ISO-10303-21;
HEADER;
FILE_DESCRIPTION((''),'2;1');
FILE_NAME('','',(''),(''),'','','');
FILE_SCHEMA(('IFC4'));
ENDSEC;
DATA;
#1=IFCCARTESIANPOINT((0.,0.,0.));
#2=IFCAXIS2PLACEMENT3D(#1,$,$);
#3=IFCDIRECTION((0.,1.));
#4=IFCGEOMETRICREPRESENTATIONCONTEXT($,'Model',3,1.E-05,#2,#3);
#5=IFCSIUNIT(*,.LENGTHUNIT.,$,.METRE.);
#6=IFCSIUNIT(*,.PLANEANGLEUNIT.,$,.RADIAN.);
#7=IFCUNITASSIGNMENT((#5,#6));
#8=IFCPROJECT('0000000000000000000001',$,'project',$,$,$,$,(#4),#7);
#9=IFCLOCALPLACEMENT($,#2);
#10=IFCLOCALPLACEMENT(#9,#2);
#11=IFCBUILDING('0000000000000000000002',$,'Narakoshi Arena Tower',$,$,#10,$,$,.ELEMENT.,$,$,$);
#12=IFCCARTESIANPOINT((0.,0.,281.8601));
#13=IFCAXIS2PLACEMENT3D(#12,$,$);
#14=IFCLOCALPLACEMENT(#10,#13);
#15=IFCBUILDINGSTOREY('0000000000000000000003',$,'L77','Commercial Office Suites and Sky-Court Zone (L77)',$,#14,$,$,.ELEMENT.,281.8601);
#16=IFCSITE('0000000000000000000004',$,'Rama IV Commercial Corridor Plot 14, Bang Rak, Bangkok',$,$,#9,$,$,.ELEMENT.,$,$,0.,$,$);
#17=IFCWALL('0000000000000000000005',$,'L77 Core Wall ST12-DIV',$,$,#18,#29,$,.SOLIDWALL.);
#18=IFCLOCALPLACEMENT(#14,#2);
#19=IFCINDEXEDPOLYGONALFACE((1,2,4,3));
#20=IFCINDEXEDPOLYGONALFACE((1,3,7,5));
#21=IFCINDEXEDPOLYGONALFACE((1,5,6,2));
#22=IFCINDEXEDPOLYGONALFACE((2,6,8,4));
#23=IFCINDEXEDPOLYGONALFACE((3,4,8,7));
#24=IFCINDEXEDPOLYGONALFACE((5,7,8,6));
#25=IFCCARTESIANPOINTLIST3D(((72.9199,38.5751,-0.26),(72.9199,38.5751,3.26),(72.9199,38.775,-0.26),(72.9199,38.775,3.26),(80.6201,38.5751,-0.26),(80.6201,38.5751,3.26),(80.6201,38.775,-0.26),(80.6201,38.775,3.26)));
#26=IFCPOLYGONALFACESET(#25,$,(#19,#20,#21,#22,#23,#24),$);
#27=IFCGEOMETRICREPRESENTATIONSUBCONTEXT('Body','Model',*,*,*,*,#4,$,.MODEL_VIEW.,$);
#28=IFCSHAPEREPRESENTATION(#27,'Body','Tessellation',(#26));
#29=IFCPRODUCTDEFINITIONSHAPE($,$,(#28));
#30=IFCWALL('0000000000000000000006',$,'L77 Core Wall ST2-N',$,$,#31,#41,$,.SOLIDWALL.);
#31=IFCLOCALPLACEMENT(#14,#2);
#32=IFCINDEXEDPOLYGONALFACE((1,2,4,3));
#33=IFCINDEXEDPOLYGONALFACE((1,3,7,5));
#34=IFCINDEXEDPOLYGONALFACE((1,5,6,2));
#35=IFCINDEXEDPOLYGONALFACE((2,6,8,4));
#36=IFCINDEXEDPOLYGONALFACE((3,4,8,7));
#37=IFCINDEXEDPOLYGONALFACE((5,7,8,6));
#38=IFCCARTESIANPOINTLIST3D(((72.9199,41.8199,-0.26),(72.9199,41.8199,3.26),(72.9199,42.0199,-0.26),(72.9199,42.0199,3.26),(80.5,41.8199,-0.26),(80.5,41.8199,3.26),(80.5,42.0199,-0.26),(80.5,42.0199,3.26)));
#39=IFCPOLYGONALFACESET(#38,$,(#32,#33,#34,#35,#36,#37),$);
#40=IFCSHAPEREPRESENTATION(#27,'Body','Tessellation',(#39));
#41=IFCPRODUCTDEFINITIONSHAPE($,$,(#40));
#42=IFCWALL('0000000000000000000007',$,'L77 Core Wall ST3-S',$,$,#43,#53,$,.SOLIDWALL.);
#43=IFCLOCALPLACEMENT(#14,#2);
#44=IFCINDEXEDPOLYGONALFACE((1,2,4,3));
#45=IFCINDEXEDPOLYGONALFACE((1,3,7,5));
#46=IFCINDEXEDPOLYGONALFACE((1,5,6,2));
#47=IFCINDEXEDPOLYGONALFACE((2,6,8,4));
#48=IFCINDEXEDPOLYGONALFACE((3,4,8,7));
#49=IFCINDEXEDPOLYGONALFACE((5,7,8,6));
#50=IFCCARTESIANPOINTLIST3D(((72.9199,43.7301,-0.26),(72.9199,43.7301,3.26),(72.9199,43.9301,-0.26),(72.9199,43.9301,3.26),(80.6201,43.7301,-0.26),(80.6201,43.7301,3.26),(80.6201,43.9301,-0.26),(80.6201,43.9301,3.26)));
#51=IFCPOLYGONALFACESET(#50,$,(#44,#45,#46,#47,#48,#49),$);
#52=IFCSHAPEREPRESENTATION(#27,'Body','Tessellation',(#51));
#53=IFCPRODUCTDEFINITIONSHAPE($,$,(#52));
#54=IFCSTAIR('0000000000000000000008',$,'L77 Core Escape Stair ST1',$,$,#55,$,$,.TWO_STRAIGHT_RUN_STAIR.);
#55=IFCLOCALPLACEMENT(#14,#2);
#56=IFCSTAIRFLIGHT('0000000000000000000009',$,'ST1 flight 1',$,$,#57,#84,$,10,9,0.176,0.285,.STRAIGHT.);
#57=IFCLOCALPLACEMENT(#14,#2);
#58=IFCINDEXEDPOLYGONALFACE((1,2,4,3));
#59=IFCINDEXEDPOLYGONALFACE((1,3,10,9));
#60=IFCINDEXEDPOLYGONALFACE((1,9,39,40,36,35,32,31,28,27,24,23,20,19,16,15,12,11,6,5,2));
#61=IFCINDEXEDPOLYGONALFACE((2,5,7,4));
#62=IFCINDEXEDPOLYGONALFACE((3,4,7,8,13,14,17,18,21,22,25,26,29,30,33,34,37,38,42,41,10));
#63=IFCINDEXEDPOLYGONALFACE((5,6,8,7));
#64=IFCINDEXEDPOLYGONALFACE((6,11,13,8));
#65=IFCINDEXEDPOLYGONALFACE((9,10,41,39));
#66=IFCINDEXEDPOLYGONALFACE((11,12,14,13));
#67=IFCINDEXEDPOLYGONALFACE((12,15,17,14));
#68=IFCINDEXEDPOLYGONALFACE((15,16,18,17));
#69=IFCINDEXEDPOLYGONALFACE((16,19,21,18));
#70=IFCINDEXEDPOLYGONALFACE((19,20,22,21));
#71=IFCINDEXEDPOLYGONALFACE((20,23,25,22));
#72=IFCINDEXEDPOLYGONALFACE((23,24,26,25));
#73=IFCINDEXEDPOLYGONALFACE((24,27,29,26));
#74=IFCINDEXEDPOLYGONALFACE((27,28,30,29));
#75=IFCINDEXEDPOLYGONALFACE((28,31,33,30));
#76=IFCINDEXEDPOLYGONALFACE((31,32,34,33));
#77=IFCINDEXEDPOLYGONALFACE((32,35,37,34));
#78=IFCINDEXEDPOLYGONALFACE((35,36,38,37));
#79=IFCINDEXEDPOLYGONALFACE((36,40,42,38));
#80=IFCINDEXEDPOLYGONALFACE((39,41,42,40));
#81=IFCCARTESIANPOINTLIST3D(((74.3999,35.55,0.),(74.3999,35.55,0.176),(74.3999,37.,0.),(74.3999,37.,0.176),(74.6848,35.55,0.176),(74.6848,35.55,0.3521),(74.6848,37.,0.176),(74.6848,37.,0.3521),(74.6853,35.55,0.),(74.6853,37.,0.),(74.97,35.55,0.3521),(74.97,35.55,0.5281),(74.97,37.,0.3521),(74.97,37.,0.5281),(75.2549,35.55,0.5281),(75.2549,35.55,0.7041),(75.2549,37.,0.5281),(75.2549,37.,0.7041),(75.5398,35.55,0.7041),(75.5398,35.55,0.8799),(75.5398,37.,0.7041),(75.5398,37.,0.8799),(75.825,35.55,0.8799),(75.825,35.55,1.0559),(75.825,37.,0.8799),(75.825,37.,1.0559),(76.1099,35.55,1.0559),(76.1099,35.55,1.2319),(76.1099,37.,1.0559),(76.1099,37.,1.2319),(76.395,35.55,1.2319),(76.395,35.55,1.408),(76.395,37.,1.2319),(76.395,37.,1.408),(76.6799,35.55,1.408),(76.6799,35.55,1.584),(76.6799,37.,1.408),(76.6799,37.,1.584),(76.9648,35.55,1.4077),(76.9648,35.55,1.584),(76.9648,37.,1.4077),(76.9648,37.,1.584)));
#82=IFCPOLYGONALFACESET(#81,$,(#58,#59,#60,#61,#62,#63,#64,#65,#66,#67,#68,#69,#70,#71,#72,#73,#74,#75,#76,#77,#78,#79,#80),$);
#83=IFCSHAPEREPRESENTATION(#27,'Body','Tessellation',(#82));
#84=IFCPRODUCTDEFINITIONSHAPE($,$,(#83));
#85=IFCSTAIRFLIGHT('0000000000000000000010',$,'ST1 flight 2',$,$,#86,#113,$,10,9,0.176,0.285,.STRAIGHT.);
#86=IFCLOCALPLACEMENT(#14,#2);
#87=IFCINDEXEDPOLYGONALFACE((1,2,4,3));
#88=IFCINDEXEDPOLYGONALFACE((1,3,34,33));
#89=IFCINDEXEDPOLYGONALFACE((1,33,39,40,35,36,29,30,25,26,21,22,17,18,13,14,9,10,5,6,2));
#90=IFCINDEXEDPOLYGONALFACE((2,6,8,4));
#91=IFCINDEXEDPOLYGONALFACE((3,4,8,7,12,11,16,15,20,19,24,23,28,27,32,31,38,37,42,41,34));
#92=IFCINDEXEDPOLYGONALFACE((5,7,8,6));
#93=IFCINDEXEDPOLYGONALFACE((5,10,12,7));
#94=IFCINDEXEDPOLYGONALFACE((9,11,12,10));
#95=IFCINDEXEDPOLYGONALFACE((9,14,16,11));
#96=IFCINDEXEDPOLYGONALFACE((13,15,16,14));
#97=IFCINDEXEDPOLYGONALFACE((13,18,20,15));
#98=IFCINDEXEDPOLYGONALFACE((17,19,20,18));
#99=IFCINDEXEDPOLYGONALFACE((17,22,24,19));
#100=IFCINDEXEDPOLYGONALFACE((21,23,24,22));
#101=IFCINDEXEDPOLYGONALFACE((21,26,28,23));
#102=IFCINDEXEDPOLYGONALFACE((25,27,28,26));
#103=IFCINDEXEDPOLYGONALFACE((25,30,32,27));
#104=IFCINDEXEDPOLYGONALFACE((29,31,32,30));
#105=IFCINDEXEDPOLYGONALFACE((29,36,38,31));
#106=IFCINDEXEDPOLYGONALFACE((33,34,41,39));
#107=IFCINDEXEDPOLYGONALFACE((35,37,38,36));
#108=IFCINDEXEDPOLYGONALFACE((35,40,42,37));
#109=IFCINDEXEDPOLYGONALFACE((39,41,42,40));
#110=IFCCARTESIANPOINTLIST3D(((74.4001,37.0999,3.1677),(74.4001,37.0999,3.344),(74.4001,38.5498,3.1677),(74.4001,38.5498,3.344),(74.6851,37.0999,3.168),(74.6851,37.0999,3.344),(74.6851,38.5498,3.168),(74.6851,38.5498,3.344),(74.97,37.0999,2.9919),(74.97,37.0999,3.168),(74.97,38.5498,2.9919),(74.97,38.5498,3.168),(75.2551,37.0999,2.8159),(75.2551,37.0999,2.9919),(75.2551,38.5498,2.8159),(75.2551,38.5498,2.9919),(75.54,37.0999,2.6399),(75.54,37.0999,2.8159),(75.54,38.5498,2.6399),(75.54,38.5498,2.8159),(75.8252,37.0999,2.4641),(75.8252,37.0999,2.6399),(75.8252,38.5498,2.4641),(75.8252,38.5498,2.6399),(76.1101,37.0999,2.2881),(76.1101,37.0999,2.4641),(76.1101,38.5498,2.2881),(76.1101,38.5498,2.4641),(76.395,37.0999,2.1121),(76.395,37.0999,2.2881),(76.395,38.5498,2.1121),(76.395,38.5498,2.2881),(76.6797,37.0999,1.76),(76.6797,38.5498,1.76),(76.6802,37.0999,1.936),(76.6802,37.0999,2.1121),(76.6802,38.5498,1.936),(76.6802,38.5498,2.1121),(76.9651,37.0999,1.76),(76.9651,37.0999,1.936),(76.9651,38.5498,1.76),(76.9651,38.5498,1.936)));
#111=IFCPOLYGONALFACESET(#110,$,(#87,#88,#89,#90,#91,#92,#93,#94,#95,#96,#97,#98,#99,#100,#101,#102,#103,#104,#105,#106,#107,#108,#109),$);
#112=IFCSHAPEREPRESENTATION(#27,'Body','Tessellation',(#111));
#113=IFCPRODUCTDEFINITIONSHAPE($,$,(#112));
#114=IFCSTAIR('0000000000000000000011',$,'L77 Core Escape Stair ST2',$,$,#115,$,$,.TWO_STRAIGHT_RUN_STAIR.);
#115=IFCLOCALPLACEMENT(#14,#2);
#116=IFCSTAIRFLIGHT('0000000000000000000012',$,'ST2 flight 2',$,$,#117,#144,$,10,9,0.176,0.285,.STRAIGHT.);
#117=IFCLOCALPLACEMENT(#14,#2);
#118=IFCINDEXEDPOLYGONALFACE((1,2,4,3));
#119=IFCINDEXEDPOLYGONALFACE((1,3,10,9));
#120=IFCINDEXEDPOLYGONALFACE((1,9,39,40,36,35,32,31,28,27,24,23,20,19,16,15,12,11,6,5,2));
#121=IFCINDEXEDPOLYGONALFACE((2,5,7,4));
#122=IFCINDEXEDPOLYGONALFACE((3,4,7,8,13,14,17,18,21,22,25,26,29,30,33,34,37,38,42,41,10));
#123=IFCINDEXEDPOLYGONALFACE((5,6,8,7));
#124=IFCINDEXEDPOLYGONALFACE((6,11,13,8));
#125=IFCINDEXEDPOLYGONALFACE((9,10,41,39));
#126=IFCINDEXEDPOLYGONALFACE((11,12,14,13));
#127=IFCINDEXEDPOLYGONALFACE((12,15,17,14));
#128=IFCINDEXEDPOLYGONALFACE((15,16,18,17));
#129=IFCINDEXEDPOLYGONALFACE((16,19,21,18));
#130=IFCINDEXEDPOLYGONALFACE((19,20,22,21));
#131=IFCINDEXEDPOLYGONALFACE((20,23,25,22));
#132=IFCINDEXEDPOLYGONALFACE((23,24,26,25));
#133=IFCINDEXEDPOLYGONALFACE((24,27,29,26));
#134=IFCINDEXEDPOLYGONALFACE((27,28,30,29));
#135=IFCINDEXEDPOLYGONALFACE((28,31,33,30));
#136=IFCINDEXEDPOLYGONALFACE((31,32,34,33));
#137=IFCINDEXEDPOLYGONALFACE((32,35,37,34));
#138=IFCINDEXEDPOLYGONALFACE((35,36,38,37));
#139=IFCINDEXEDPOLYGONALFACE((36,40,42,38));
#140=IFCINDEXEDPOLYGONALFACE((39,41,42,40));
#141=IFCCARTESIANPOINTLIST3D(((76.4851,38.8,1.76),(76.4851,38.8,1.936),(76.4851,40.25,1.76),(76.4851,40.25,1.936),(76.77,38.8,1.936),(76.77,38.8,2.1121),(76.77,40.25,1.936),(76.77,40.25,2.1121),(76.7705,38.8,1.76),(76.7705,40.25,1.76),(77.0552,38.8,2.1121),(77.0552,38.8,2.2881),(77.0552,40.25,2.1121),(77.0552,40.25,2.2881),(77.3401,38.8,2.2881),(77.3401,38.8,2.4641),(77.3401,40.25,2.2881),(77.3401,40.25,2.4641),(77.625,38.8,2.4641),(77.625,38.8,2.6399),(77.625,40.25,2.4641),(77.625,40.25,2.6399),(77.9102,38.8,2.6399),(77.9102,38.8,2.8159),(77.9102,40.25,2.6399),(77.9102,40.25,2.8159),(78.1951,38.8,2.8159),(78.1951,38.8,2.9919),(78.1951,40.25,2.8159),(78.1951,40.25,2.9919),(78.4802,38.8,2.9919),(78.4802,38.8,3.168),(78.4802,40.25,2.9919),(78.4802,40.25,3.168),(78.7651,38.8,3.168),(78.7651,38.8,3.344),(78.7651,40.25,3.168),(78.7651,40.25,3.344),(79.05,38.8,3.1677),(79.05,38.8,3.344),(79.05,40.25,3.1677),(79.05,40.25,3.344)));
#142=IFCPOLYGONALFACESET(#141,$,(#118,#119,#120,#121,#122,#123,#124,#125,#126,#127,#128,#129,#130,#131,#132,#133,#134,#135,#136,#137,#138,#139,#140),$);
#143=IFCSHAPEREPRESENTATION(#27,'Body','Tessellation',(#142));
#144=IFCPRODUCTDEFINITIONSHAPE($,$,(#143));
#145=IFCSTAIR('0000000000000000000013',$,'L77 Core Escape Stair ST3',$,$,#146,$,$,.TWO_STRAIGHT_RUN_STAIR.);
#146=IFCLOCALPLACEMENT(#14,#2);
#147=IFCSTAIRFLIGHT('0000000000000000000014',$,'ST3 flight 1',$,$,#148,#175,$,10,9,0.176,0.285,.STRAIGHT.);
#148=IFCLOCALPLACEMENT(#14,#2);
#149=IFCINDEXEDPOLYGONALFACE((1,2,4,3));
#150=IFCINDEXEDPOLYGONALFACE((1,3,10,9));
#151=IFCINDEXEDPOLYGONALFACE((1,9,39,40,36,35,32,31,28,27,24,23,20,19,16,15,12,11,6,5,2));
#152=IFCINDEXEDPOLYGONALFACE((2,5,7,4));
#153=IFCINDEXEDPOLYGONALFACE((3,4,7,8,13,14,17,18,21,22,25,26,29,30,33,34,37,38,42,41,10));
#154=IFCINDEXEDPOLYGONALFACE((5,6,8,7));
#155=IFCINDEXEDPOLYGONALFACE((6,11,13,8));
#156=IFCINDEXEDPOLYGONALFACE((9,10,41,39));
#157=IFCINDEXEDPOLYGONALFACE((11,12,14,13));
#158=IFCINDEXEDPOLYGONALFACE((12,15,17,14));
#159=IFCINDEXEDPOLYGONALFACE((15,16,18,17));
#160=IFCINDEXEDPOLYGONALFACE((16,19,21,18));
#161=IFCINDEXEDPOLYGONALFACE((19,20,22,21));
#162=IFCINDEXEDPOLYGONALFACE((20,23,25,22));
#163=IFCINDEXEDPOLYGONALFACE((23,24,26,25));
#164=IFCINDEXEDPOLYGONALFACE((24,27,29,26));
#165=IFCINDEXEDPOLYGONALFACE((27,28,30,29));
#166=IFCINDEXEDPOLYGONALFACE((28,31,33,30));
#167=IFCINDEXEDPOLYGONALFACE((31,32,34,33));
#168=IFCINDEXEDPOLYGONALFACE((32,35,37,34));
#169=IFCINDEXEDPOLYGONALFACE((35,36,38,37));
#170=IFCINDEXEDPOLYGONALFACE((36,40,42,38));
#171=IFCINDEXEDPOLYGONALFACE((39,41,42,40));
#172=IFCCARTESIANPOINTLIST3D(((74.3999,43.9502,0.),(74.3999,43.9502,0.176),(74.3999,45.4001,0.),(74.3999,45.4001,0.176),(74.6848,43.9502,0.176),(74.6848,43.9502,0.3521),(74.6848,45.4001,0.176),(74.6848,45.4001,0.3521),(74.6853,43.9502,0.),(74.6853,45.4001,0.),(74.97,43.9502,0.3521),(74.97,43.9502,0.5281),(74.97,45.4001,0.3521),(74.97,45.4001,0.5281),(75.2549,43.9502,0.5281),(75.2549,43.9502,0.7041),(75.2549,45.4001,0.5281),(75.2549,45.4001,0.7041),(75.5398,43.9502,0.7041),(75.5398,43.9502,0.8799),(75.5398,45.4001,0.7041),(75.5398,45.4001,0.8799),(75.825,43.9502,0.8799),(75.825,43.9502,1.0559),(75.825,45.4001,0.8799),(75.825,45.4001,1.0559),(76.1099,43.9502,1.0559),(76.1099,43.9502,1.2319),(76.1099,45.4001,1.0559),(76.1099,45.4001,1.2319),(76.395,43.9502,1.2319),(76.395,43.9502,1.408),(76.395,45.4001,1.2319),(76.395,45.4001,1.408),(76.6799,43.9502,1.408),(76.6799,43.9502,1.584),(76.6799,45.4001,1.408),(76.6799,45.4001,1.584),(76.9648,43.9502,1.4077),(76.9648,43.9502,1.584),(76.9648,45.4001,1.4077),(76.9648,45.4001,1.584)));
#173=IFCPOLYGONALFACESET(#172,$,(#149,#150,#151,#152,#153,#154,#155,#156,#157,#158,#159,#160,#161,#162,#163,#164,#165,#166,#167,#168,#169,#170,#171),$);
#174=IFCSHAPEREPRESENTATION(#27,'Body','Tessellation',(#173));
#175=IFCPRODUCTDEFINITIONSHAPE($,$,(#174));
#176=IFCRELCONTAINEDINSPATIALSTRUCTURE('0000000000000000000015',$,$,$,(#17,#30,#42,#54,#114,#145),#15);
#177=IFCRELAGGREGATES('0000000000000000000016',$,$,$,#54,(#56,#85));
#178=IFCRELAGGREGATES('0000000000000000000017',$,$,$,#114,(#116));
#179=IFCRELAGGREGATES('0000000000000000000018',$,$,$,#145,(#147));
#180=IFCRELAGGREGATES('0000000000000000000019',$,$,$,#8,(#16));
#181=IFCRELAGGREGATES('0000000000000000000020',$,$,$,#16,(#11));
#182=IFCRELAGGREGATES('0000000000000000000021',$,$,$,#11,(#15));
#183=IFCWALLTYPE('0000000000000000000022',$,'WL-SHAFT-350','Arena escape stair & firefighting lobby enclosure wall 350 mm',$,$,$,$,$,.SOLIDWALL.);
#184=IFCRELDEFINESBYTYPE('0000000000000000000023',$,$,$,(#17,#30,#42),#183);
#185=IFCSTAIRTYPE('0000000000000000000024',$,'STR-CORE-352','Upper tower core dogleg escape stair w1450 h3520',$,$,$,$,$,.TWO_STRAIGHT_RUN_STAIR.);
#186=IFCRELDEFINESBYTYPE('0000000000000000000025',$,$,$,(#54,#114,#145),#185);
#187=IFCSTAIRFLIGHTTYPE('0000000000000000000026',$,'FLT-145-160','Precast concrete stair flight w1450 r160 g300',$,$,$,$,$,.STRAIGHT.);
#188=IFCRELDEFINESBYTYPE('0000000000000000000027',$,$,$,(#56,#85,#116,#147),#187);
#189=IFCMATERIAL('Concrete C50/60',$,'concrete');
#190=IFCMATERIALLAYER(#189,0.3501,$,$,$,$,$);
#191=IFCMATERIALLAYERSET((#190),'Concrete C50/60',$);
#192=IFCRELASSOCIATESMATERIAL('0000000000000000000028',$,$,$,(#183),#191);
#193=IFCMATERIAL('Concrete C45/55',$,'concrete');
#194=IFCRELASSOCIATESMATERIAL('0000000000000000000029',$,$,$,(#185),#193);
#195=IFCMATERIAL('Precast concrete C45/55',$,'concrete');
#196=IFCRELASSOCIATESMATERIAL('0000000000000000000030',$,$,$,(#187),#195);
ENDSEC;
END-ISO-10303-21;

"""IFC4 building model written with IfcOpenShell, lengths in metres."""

from ifc_helpers import new_model, si_unit, direction, frame, frame_2d, origin, place, context, subcontext, project, spatial, polyline, rectangle, outline, extrude, material, layer, layer_set, type_object, element, aggregate, save


model = new_model("IFC4")

# Units and contexts
model_context = context("Model", 3, precision=1e-05, world=origin(), true_north=direction((0.0, 1.0)))
body_context = subcontext(model_context, "Body", "Model", "MODEL_VIEW")
ifc_project = project(units=[si_unit("LENGTHUNIT", "METRE"), si_unit("PLANEANGLEUNIT", "RADIAN")], contexts=[model_context])

# Site, building, storey
site_placement = place(None, origin())
site = spatial("IfcSite", under=ifc_project, at=site_placement, Name="Rama IV Commercial Corridor Plot 14, Bang Rak, Bangkok", CompositionType="ELEMENT", RefElevation=0.0)
building_placement = place(site_placement, origin())
building = spatial("IfcBuilding", under=site, at=building_placement, Name="Narakoshi Arena Tower", CompositionType="ELEMENT")
storey_placement = place(building_placement, frame((0.0, 0.0, 281.8601)))
storey = spatial("IfcBuildingStorey", under=building, at=storey_placement, Name="L77", Description="Commercial Office Suites and Sky-Court Zone (L77)", CompositionType="ELEMENT", Elevation=281.8601)

# Shared definitions
ifc_material_1 = material(Name="Concrete C50/60", Category="concrete")

# Shared definitions
ifc_material_2 = material(Name="Precast concrete C45/55", Category="concrete")

# Walls
ifc_layer_1 = layer(ifc_material_1, 0.3501)
ifc_layer_set_1 = layer_set([ifc_layer_1], Name="Concrete C50/60")
wall_type_1 = type_object("IfcWallType", Name="WL-SHAFT-350", Description="Arena escape stair & firefighting lobby enclosure wall 350 mm", PredefinedType="SOLIDWALL", material=ifc_layer_set_1)
for number, where, z_axis, x_axis, name in (
    (1, (72.9199, 38.675, -0.26), (0.0, 0.0, 1.0), (1.0, 0.0, 0.0), "L77 Core Wall ST12-DIV"),
):
    element("IfcWall", number, at=place(storey_placement, frame(where, z_axis=z_axis, x_axis=x_axis)), inside=storey, type_object=wall_type_1, Name=name, PredefinedType="SOLIDWALL", context=body_context, shape_type="SweptSolid", body=[
        extrude(rectangle(XDim=7.7002, YDim=0.2, at=frame_2d((3.8501, 0.0))), origin(), (0.0, 0.0, 1.0), 3.52),
    ])
wall_1_placement = place(storey_placement, frame((72.9199, 41.9199, -0.26), z_axis=(0.0, 0.0, 1.0), x_axis=(1.0, 0.0, 0.0)))
element("IfcWall", 2, at=wall_1_placement, inside=storey, type_object=wall_type_1, Name="L77 Core Wall ST2-N", PredefinedType="SOLIDWALL", context=body_context, shape_type="SweptSolid", body=[
    extrude(rectangle(XDim=7.5801, YDim=0.2, at=frame_2d((3.79, 0.0))), origin(), (0.0, 0.0, 1.0), 3.52),
])
wall_2_placement = place(storey_placement, frame((72.9199, 43.8301, -0.26), z_axis=(0.0, 0.0, 1.0), x_axis=(1.0, 0.0, 0.0)))
element("IfcWall", 3, at=wall_2_placement, inside=storey, type_object=wall_type_1, Name="L77 Core Wall ST3-S", PredefinedType="SOLIDWALL", context=body_context, shape_type="SweptSolid", body=[
    extrude(rectangle(XDim=7.7002, YDim=0.2, at=frame_2d((3.8501, 0.0))), origin(), (0.0, 0.0, 1.0), 3.52),
])

# Stair, stair flights
ifc_material_3 = material(Name="Concrete C45/55", Category="concrete")
stair_type = type_object("IfcStairType", Name="STR-CORE-352", Description="Upper tower core dogleg escape stair w1450 h3520", PredefinedType="TWO_STRAIGHT_RUN_STAIR", material=ifc_material_3)
stair_1_placement = place(storey_placement, origin())
stair_1 = element("IfcStair", 4, at=stair_1_placement, inside=storey, type_object=stair_type, Name="L77 Core Escape Stair ST1", PredefinedType="TWO_STRAIGHT_RUN_STAIR")
stair_flight_type = type_object("IfcStairFlightType", Name="FLT-145-160", Description="Precast concrete stair flight w1450 r160 g300", PredefinedType="STRAIGHT", material=ifc_material_2)
stair_flight_1_placement = place(storey_placement, frame((74.3999, 36.2749, 0.0), z_axis=(0.0, 0.0, 1.0), x_axis=(1.0, 0.0, 0.0)))
stair_flight_1 = element("IfcStairFlight", 5, at=stair_flight_1_placement, type_object=stair_flight_type, Name="ST1 flight 1", NumberOfRisers=10, NumberOfTreads=9, PredefinedType="STRAIGHT", RiserHeight=0.176, TreadLength=0.285, context=body_context, shape_type="SweptSolid", body=[
    extrude(outline(polyline([(0.0, 0.0), (0.0, 0.176), (0.2849, 0.176), (0.2849, 0.3521), (0.5701, 0.3521), (0.5701, 0.5281), (0.855, 0.5281), (0.855, 0.7041), (1.1399, 0.7041), (1.1399, 0.8799), (1.425, 0.8799), (1.425, 1.0559), (1.71, 1.0559), (1.71, 1.2319), (1.9951, 1.2319), (1.9951, 1.408), (2.28, 1.408), (2.28, 1.584), (2.5649, 1.584), (2.5649, 1.76), (2.5649, 1.4077), (0.2854, 0.0), (0.0, 0.0)])), frame((0.0, 0.7251, 0.0), z_axis=(0.0, -1.0, 0.0), x_axis=(1.0, 0.0, 0.0)), (0.0, 0.0, 1.0), 1.45),
])
stair_flight_2_placement = place(storey_placement, frame((76.9651, 37.825, 1.76), z_axis=(0.0, 0.0, 1.0), x_axis=(-1.0, 0.0, 0.0)))
stair_flight_2 = element("IfcStairFlight", 6, at=stair_flight_2_placement, type_object=stair_flight_type, Name="ST1 flight 2", NumberOfRisers=10, NumberOfTreads=9, PredefinedType="STRAIGHT", RiserHeight=0.176, TreadLength=0.285, context=body_context, shape_type="SweptSolid", body=[
    extrude(outline(polyline([(0.0, 0.0), (0.0, 0.176), (0.2849, 0.176), (0.2849, 0.3521), (0.5701, 0.3521), (0.5701, 0.5281), (0.855, 0.5281), (0.855, 0.7041), (1.1399, 0.7041), (1.1399, 0.8799), (1.425, 0.8799), (1.425, 1.0559), (1.71, 1.0559), (1.71, 1.2319), (1.9951, 1.2319), (1.9951, 1.408), (2.28, 1.408), (2.28, 1.584), (2.5649, 1.584), (2.5649, 1.76), (2.5649, 1.4077), (0.2854, 0.0), (0.0, 0.0)])), frame((0.0, 0.7251, 0.0), z_axis=(0.0, -1.0, 0.0), x_axis=(1.0, 0.0, 0.0)), (0.0, 0.0, 1.0), 1.45),
])
aggregate(stair_1, [stair_flight_1, stair_flight_2])

# Stairs, stair flights
stair_2_placement = place(storey_placement, origin())
stair_2 = element("IfcStair", 7, at=stair_2_placement, inside=storey, type_object=stair_type, Name="L77 Core Escape Stair ST2", PredefinedType="TWO_STRAIGHT_RUN_STAIR")
stair_flight_3_placement = place(storey_placement, frame((76.4851, 39.5249, 1.76), z_axis=(0.0, 0.0, 1.0), x_axis=(1.0, 0.0, 0.0)))
stair_flight_3 = element("IfcStairFlight", 8, at=stair_flight_3_placement, type_object=stair_flight_type, Name="ST2 flight 2", NumberOfRisers=10, NumberOfTreads=9, PredefinedType="STRAIGHT", RiserHeight=0.176, TreadLength=0.285, context=body_context, shape_type="SweptSolid", body=[
    extrude(outline(polyline([(0.0, 0.0), (0.0, 0.176), (0.2849, 0.176), (0.2849, 0.3521), (0.5701, 0.3521), (0.5701, 0.5281), (0.855, 0.5281), (0.855, 0.7041), (1.1399, 0.7041), (1.1399, 0.8799), (1.425, 0.8799), (1.425, 1.0559), (1.71, 1.0559), (1.71, 1.2319), (1.9951, 1.2319), (1.9951, 1.408), (2.28, 1.408), (2.28, 1.584), (2.5649, 1.584), (2.5649, 1.76), (2.5649, 1.4077), (0.2854, 0.0), (0.0, 0.0)])), frame((0.0, 0.7251, 0.0), z_axis=(0.0, -1.0, 0.0), x_axis=(1.0, 0.0, 0.0)), (0.0, 0.0, 1.0), 1.45),
])
aggregate(stair_2, [stair_flight_3])
stair_3_placement = place(storey_placement, origin())
stair_3 = element("IfcStair", 9, at=stair_3_placement, inside=storey, type_object=stair_type, Name="L77 Core Escape Stair ST3", PredefinedType="TWO_STRAIGHT_RUN_STAIR")
stair_flight_4_placement = place(storey_placement, frame((74.3999, 44.675, 0.0), z_axis=(0.0, 0.0, 1.0), x_axis=(1.0, 0.0, 0.0)))
stair_flight_4 = element("IfcStairFlight", 10, at=stair_flight_4_placement, type_object=stair_flight_type, Name="ST3 flight 1", NumberOfRisers=10, NumberOfTreads=9, PredefinedType="STRAIGHT", RiserHeight=0.176, TreadLength=0.285, context=body_context, shape_type="SweptSolid", body=[
    extrude(outline(polyline([(0.0, 0.0), (0.0, 0.176), (0.2849, 0.176), (0.2849, 0.3521), (0.5701, 0.3521), (0.5701, 0.5281), (0.855, 0.5281), (0.855, 0.7041), (1.1399, 0.7041), (1.1399, 0.8799), (1.425, 0.8799), (1.425, 1.0559), (1.71, 1.0559), (1.71, 1.2319), (1.9951, 1.2319), (1.9951, 1.408), (2.28, 1.408), (2.28, 1.584), (2.5649, 1.584), (2.5649, 1.76), (2.5649, 1.4077), (0.2854, 0.0), (0.0, 0.0)])), frame((0.0, 0.7251, 0.0), z_axis=(0.0, -1.0, 0.0), x_axis=(1.0, 0.0, 0.0)), (0.0, 0.0, 1.0), 1.45),
])
aggregate(stair_3, [stair_flight_4])

save(model, "model.ifc")
